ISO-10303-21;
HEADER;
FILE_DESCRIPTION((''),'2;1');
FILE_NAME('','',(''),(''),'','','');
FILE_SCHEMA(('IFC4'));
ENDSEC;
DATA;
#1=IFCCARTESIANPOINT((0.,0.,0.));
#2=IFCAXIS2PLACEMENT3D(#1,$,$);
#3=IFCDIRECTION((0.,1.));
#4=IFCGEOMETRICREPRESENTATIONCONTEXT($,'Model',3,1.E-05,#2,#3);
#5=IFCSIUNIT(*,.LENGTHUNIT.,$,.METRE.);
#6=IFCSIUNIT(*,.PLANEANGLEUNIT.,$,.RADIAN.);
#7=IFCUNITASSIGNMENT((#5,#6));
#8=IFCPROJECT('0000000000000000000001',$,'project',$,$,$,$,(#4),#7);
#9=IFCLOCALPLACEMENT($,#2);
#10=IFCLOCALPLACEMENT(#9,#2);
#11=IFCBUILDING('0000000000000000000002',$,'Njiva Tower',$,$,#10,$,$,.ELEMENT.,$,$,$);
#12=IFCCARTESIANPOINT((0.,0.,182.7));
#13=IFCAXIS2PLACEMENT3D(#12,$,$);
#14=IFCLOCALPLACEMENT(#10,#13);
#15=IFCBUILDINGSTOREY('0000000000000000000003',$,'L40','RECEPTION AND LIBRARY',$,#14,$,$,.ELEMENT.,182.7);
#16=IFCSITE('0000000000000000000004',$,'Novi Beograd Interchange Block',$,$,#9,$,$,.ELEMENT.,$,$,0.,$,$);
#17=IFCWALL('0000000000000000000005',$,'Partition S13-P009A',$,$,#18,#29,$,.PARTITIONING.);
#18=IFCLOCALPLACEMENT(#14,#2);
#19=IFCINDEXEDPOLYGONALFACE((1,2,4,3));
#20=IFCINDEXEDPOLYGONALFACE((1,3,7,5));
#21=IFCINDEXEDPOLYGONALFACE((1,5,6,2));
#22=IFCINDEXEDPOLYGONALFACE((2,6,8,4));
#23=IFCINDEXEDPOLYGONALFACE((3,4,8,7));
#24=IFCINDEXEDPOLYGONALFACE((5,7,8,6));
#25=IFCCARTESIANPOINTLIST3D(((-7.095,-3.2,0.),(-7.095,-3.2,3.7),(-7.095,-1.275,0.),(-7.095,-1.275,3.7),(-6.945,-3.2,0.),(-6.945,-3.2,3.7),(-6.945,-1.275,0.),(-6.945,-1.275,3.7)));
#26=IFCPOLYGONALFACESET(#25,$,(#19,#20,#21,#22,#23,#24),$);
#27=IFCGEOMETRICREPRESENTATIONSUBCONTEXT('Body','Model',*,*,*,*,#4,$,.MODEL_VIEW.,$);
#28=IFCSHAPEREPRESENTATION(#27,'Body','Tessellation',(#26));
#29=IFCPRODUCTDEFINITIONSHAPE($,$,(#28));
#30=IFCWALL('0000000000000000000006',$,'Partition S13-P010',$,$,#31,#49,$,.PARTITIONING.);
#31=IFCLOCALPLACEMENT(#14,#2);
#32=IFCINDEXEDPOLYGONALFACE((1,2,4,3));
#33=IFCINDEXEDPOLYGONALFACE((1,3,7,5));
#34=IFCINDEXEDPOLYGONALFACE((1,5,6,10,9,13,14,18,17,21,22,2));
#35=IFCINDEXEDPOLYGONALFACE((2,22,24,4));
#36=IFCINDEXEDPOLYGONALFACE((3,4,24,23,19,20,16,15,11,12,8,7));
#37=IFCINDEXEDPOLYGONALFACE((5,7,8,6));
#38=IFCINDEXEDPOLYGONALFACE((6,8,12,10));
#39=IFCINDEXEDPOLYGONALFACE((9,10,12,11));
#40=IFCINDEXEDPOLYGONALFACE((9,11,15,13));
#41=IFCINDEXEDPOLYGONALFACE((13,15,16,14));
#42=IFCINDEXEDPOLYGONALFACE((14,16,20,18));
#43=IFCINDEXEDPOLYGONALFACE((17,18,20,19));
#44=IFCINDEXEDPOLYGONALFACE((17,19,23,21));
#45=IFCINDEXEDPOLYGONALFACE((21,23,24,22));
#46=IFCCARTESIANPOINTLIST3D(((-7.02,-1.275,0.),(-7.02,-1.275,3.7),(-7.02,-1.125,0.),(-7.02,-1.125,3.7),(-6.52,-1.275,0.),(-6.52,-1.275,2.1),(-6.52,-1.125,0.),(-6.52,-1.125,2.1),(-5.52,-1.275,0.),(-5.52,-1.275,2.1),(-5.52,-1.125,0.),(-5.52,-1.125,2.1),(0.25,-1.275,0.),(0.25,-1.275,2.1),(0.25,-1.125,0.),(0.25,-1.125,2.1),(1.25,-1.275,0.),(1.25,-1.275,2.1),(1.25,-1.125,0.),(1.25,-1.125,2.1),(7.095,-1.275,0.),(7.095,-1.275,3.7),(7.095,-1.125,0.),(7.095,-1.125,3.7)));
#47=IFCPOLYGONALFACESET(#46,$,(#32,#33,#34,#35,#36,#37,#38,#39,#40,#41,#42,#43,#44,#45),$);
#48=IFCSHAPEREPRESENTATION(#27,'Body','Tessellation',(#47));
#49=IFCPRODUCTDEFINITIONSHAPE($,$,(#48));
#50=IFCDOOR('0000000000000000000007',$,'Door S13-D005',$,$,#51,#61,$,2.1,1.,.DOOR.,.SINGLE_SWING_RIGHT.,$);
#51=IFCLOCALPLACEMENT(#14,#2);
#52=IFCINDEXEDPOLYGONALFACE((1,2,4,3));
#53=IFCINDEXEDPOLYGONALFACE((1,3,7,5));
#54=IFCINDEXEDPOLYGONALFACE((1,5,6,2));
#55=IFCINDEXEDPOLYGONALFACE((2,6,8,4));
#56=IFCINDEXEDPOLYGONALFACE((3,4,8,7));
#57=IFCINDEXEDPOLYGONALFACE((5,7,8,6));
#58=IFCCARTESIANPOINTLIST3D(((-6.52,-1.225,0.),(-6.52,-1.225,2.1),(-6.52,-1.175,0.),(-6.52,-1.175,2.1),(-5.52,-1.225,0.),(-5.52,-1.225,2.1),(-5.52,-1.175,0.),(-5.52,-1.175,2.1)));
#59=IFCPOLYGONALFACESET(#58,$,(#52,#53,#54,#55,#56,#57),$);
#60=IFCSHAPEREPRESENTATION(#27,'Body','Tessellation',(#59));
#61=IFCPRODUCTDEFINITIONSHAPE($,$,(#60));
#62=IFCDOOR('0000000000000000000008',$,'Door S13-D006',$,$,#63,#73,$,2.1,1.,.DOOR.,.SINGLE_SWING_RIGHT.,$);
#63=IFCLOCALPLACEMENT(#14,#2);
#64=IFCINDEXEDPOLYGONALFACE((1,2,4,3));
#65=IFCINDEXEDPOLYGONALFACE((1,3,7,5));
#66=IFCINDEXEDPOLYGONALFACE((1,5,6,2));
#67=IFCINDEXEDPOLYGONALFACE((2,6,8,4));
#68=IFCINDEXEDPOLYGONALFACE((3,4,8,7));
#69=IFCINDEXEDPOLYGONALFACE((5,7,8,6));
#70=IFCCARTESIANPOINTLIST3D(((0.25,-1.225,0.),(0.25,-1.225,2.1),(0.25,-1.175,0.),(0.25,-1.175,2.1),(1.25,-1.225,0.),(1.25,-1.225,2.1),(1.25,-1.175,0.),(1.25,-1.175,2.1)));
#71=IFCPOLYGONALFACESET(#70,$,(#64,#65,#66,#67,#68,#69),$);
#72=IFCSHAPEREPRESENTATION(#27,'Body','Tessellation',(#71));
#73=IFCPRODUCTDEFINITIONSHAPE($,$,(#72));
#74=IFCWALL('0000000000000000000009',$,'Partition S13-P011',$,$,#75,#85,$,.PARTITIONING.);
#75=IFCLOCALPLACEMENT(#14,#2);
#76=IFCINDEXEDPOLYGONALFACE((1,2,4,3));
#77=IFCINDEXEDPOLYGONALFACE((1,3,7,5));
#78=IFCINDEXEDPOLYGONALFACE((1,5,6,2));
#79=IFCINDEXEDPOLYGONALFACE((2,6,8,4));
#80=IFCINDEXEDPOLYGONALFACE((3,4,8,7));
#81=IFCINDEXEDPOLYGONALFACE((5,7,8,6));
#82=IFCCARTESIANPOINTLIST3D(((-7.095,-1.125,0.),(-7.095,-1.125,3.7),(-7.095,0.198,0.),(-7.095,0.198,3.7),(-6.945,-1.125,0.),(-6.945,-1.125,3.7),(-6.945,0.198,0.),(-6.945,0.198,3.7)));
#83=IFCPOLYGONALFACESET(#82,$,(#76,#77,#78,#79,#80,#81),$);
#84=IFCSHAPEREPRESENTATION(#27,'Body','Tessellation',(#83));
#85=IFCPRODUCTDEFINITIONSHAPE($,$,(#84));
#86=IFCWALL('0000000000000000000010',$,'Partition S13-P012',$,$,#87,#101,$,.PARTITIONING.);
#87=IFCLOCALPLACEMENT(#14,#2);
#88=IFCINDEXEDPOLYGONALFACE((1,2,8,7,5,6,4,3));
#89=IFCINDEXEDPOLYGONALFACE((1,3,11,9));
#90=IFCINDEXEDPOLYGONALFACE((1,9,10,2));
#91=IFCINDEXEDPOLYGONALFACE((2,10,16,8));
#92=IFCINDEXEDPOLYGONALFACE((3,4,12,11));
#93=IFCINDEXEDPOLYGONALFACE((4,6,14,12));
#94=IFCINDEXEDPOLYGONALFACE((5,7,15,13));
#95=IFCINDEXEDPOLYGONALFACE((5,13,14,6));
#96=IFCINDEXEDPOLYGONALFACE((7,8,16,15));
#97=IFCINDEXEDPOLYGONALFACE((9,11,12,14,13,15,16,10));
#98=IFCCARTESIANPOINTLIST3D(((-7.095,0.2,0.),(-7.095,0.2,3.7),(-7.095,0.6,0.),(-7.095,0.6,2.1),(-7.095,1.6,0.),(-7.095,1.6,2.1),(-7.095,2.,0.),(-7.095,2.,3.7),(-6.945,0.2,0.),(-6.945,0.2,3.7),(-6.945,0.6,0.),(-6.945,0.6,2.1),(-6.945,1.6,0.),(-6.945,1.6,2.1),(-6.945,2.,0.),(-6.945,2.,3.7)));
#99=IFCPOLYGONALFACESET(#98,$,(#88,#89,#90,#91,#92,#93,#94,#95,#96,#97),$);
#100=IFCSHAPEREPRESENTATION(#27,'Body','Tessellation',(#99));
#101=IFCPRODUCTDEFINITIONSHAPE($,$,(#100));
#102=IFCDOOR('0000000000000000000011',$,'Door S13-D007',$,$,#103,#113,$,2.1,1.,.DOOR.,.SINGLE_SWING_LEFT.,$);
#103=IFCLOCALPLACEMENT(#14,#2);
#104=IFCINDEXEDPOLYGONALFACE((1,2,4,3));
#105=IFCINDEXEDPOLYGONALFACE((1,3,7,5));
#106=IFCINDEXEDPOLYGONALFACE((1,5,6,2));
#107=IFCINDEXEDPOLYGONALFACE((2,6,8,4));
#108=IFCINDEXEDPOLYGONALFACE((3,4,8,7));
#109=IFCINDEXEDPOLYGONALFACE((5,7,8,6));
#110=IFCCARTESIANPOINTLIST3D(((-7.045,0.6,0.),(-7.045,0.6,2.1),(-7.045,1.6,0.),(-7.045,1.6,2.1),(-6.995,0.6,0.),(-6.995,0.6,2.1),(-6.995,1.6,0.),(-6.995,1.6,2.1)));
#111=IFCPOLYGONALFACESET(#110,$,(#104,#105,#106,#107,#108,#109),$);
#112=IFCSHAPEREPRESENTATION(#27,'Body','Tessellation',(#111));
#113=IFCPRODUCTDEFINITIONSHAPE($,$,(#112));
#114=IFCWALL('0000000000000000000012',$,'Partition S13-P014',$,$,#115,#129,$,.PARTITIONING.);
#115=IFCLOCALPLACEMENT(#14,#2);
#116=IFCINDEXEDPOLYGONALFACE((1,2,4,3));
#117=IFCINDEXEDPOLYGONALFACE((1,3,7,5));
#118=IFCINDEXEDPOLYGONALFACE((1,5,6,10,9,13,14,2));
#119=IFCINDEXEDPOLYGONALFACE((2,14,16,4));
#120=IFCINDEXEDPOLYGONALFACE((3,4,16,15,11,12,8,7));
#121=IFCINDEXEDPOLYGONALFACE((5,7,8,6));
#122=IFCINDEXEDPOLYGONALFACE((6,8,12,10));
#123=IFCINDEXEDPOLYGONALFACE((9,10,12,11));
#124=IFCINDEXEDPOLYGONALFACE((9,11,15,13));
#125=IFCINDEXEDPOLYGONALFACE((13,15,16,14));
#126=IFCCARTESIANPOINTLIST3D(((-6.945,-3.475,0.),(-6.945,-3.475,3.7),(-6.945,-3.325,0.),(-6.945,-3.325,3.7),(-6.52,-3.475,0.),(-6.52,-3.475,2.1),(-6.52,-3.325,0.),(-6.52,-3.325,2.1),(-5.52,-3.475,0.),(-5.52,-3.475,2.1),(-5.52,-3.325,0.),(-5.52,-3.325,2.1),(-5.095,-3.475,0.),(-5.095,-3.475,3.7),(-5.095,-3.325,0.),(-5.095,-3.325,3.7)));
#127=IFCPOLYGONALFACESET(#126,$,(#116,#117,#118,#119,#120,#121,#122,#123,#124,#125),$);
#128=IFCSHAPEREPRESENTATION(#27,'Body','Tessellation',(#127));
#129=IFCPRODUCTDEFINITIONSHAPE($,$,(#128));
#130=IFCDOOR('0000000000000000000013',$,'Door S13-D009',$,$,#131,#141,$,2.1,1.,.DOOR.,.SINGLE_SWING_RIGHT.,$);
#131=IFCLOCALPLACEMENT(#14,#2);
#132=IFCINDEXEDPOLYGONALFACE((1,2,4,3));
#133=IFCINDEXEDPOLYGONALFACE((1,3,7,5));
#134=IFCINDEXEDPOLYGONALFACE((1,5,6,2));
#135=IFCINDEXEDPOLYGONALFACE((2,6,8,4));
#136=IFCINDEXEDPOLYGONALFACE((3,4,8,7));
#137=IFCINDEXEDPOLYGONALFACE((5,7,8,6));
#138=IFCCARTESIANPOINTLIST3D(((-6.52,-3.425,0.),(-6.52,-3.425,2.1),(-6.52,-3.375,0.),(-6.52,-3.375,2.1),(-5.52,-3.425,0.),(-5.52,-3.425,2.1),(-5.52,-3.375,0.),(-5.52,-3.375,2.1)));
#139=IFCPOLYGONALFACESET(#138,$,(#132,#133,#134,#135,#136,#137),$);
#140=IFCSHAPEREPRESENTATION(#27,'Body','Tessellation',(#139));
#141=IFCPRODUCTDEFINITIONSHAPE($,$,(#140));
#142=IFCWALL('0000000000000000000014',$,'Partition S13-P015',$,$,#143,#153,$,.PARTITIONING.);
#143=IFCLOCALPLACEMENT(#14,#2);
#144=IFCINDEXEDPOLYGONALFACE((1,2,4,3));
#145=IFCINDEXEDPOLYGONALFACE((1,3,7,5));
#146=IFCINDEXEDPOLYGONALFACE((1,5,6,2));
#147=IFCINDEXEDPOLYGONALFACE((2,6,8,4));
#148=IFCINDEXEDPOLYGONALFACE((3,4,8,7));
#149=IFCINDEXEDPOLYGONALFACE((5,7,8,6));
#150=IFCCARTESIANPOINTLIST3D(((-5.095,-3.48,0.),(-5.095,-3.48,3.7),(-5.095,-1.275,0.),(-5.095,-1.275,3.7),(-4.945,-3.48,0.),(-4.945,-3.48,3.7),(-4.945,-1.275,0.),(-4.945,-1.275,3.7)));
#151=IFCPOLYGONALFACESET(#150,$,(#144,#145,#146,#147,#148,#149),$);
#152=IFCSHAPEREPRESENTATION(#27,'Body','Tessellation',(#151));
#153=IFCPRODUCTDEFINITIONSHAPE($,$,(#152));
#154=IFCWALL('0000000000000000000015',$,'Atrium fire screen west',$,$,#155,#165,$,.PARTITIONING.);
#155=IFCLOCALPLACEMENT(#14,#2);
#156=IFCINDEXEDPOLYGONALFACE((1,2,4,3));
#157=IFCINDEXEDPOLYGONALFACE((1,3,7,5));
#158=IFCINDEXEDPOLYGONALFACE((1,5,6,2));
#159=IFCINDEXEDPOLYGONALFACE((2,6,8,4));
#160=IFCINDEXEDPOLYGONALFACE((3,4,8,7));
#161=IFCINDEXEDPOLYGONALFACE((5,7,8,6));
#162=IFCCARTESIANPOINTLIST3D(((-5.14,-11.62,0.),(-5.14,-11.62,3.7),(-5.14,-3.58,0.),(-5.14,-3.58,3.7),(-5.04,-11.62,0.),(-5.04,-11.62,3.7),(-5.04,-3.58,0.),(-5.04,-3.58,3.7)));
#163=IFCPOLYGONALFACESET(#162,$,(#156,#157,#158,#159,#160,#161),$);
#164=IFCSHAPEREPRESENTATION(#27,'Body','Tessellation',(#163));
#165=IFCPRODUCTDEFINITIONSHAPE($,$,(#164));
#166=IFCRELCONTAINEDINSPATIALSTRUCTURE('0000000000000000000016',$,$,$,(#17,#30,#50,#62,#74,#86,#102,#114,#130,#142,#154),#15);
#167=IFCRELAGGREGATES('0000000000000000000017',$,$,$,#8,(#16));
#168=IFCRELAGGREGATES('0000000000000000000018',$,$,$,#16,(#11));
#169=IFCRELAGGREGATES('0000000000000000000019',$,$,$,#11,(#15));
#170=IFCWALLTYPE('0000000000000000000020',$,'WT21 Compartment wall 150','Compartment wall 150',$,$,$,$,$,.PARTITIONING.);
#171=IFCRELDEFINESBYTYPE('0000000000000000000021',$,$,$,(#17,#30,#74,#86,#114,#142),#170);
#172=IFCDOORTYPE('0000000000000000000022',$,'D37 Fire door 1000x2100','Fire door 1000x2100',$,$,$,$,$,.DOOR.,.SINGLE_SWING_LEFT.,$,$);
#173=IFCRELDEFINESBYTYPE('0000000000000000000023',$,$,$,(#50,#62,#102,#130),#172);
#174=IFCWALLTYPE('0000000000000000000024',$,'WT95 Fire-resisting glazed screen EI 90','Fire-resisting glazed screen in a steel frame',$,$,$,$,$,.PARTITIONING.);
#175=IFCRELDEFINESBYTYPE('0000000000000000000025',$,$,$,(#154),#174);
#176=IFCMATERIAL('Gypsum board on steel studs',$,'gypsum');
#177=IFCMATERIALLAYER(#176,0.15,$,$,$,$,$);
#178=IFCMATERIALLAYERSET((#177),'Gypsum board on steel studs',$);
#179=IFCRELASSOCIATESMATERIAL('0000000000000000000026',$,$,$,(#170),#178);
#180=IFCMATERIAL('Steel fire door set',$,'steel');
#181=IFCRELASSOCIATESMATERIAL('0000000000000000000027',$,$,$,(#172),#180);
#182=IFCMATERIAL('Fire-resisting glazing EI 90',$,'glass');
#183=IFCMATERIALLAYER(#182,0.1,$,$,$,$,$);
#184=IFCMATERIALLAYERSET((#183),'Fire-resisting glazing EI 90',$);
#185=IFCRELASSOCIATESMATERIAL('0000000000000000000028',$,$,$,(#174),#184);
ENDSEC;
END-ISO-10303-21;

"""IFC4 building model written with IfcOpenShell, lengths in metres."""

from ifc_helpers import new_model, si_unit, direction, frame, frame_2d, origin, place, context, subcontext, project, spatial, rectangle, extrude, material, layer, layer_set, type_object, element, fill, save


model = new_model("IFC4")

# Units and contexts
model_context = context("Model", 3, precision=1e-05, world=origin(), true_north=direction((0.0, 1.0)))
body_context = subcontext(model_context, "Body", "Model", "MODEL_VIEW")
ifc_project = project(units=[si_unit("LENGTHUNIT", "METRE"), si_unit("PLANEANGLEUNIT", "RADIAN")], contexts=[model_context])

# Site, building, storey
site_placement = place(None, origin())
site = spatial("IfcSite", under=ifc_project, at=site_placement, Name="Novi Beograd Interchange Block", CompositionType="ELEMENT", RefElevation=0.0)
building_placement = place(site_placement, origin())
building = spatial("IfcBuilding", under=site, at=building_placement, Name="Njiva Tower", CompositionType="ELEMENT")
storey_placement = place(building_placement, frame((0.0, 0.0, 182.7)))
storey = spatial("IfcBuildingStorey", under=building, at=storey_placement, Name="L40", Description="RECEPTION AND LIBRARY", CompositionType="ELEMENT", Elevation=182.7)

# Shared definitions
ifc_material_1 = material(Name="Gypsum board on steel studs", Category="gypsum")
ifc_layer_1 = layer(ifc_material_1, 0.15)
ifc_layer_set_1 = layer_set([ifc_layer_1], Name="Gypsum board on steel studs")
wall_type_1 = type_object("IfcWallType", Name="WT21 Compartment wall 150", Description="Compartment wall 150", PredefinedType="PARTITIONING", material=ifc_layer_set_1)
ifc_material_2 = material(Name="Steel fire door set", Category="steel")
door_type = type_object("IfcDoorType", Name="D37 Fire door 1000x2100", Description="Fire door 1000x2100", OperationType="SINGLE_SWING_LEFT", PredefinedType="DOOR", material=ifc_material_2)

# Wall
wall_1_placement = place(storey_placement, frame((-7.02, -3.2, 0.0), z_axis=(0.0, 0.0, 1.0), x_axis=(0.0, 1.0, 0.0)))
element("IfcWall", 1, at=wall_1_placement, inside=storey, type_object=wall_type_1, Name="Partition S13-P009A", PredefinedType="PARTITIONING", context=body_context, shape_type="SweptSolid", body=[
    extrude(rectangle(XDim=1.925, YDim=0.15, at=frame_2d((0.9625, 0.0))), origin(), (0.0, 0.0, 1.0), 3.7),
])

# Wall, openings, doors
wall_2_placement = place(storey_placement, frame((-7.02, -1.2, 0.0), z_axis=(0.0, 0.0, 1.0), x_axis=(1.0, 0.0, 0.0)))
wall_2 = element("IfcWall", 2, at=wall_2_placement, inside=storey, type_object=wall_type_1, Name="Partition S13-P010", PredefinedType="PARTITIONING", context=body_context, shape_type="SweptSolid", body=[
    extrude(rectangle(XDim=14.115, YDim=0.15, at=frame_2d((7.0575, 0.0))), origin(), (0.0, 0.0, 1.0), 3.7),
])
opening_1_placement = place(wall_2_placement, frame((0.5, 0.0, 0.0)))
opening_1 = element("IfcOpeningElement", 3, at=opening_1_placement, cuts=wall_2, PredefinedType="OPENING", context=body_context, shape_type="SweptSolid", body=[
    extrude(rectangle(XDim=1.0, YDim=2.1, at=frame_2d((0.5, 1.05))), frame((0.0, 0.085, 0.0), z_axis=(0.0, -1.0, 0.0), x_axis=(1.0, 0.0, 0.0)), (0.0, 0.0, 1.0), 0.17),
])
opening_2_placement = place(wall_2_placement, frame((7.27, 0.0, 0.0)))
opening_2 = element("IfcOpeningElement", 4, at=opening_2_placement, cuts=wall_2, PredefinedType="OPENING", context=body_context, shape_type="SweptSolid", body=[
    extrude(rectangle(XDim=1.0, YDim=2.1, at=frame_2d((0.5, 1.05))), frame((0.0, 0.085, 0.0), z_axis=(0.0, -1.0, 0.0), x_axis=(1.0, 0.0, 0.0)), (0.0, 0.0, 1.0), 0.17),
])
door_1_placement = place(opening_1_placement, origin())
door_1 = element("IfcDoor", 5, at=door_1_placement, inside=storey, type_object=door_type, Name="Door S13-D005", OperationType="SINGLE_SWING_RIGHT", OverallHeight=2.1, OverallWidth=1.0, PredefinedType="DOOR", context=body_context, shape_type="SweptSolid", body=[
    extrude(rectangle(XDim=1.0, YDim=2.1, at=frame_2d((0.5, 1.05))), frame((0.0, 0.025, 0.0), z_axis=(0.0, -1.0, 0.0), x_axis=(1.0, 0.0, 0.0)), (0.0, 0.0, 1.0), 0.05),
])
fill(opening_1, door_1)
door_2_placement = place(opening_2_placement, origin())
door_2 = element("IfcDoor", 6, at=door_2_placement, inside=storey, type_object=door_type, Name="Door S13-D006", OperationType="SINGLE_SWING_RIGHT", OverallHeight=2.1, OverallWidth=1.0, PredefinedType="DOOR", context=body_context, shape_type="SweptSolid", body=[
    extrude(rectangle(XDim=1.0, YDim=2.1, at=frame_2d((0.5, 1.05))), frame((0.0, 0.025, 0.0), z_axis=(0.0, -1.0, 0.0), x_axis=(1.0, 0.0, 0.0)), (0.0, 0.0, 1.0), 0.05),
])
fill(opening_2, door_2)

# Wall
wall_3_placement = place(storey_placement, frame((-7.02, -1.125, 0.0), z_axis=(0.0, 0.0, 1.0), x_axis=(0.0, 1.0, 0.0)))
element("IfcWall", 7, at=wall_3_placement, inside=storey, type_object=wall_type_1, Name="Partition S13-P011", PredefinedType="PARTITIONING", context=body_context, shape_type="SweptSolid", body=[
    extrude(rectangle(XDim=1.323, YDim=0.15, at=frame_2d((0.6615, 0.0))), origin(), (0.0, 0.0, 1.0), 3.7),
])

# Walls, openings, doors
wall_4_placement = place(storey_placement, frame((-7.02, 0.2, 0.0), z_axis=(0.0, 0.0, 1.0), x_axis=(0.0, 1.0, 0.0)))
wall_4 = element("IfcWall", 8, at=wall_4_placement, inside=storey, type_object=wall_type_1, Name="Partition S13-P012", PredefinedType="PARTITIONING", context=body_context, shape_type="SweptSolid", body=[
    extrude(rectangle(XDim=1.8, YDim=0.15, at=frame_2d((0.9, 0.0))), origin(), (0.0, 0.0, 1.0), 3.7),
])
opening_3_placement = place(wall_4_placement, frame((0.4, 0.0, 0.0)))
opening_3 = element("IfcOpeningElement", 9, at=opening_3_placement, cuts=wall_4, PredefinedType="OPENING", context=body_context, shape_type="SweptSolid", body=[
    extrude(rectangle(XDim=1.0, YDim=2.1, at=frame_2d((0.5, 1.05))), frame((0.0, 0.085, 0.0), z_axis=(0.0, -1.0, 0.0), x_axis=(1.0, 0.0, 0.0)), (0.0, 0.0, 1.0), 0.17),
])
door_3_placement = place(opening_3_placement, origin())
door_3 = element("IfcDoor", 10, at=door_3_placement, inside=storey, type_object=door_type, Name="Door S13-D007", OperationType="SINGLE_SWING_LEFT", OverallHeight=2.1, OverallWidth=1.0, PredefinedType="DOOR", context=body_context, shape_type="SweptSolid", body=[
    extrude(rectangle(XDim=1.0, YDim=2.1, at=frame_2d((0.5, 1.05))), frame((0.0, 0.025, 0.0), z_axis=(0.0, -1.0, 0.0), x_axis=(1.0, 0.0, 0.0)), (0.0, 0.0, 1.0), 0.05),
])
fill(opening_3, door_3)
wall_5_placement = place(storey_placement, frame((-6.945, -3.4, 0.0), z_axis=(0.0, 0.0, 1.0), x_axis=(1.0, 0.0, 0.0)))
wall_5 = element("IfcWall", 11, at=wall_5_placement, inside=storey, type_object=wall_type_1, Name="Partition S13-P014", PredefinedType="PARTITIONING", context=body_context, shape_type="SweptSolid", body=[
    extrude(rectangle(XDim=1.85, YDim=0.15, at=frame_2d((0.925, 0.0))), origin(), (0.0, 0.0, 1.0), 3.7),
])
opening_4_placement = place(wall_5_placement, frame((0.425, 0.0, 0.0)))
opening_4 = element("IfcOpeningElement", 12, at=opening_4_placement, cuts=wall_5, PredefinedType="OPENING", context=body_context, shape_type="SweptSolid", body=[
    extrude(rectangle(XDim=1.0, YDim=2.1, at=frame_2d((0.5, 1.05))), frame((0.0, 0.085, 0.0), z_axis=(0.0, -1.0, 0.0), x_axis=(1.0, 0.0, 0.0)), (0.0, 0.0, 1.0), 0.17),
])
door_4_placement = place(opening_4_placement, origin())
door_4 = element("IfcDoor", 13, at=door_4_placement, inside=storey, type_object=door_type, Name="Door S13-D009", OperationType="SINGLE_SWING_RIGHT", OverallHeight=2.1, OverallWidth=1.0, PredefinedType="DOOR", context=body_context, shape_type="SweptSolid", body=[
    extrude(rectangle(XDim=1.0, YDim=2.1, at=frame_2d((0.5, 1.05))), frame((0.0, 0.025, 0.0), z_axis=(0.0, -1.0, 0.0), x_axis=(1.0, 0.0, 0.0)), (0.0, 0.0, 1.0), 0.05),
])
fill(opening_4, door_4)

# Walls
wall_6_placement = place(storey_placement, frame((-5.02, -3.48, 0.0), z_axis=(0.0, 0.0, 1.0), x_axis=(0.0, 1.0, 0.0)))
element("IfcWall", 14, at=wall_6_placement, inside=storey, type_object=wall_type_1, Name="Partition S13-P015", PredefinedType="PARTITIONING", context=body_context, shape_type="SweptSolid", body=[
    extrude(rectangle(XDim=2.205, YDim=0.15, at=frame_2d((1.1025, 0.0))), origin(), (0.0, 0.0, 1.0), 3.7),
])
ifc_material_3 = material(Name="Fire-resisting glazing EI 90", Category="glass")
ifc_layer_2 = layer(ifc_material_3, 0.1)
ifc_layer_set_2 = layer_set([ifc_layer_2], Name="Fire-resisting glazing EI 90")
wall_type_2 = type_object("IfcWallType", Name="WT95 Fire-resisting glazed screen EI 90", Description="Fire-resisting glazed screen in a steel frame", PredefinedType="PARTITIONING", material=ifc_layer_set_2)
wall_7_placement = place(storey_placement, frame((-5.09, -3.58, 0.0), z_axis=(0.0, 0.0, 1.0), x_axis=(0.0, -1.0, 0.0)))
element("IfcWall", 15, at=wall_7_placement, inside=storey, type_object=wall_type_2, Name="Atrium fire screen west", PredefinedType="PARTITIONING", context=body_context, shape_type="SweptSolid", body=[
    extrude(rectangle(XDim=8.04, YDim=0.1, at=frame_2d((4.02, 0.0))), origin(), (0.0, 0.0, 1.0), 3.7),
])

save(model, "model.ifc")
